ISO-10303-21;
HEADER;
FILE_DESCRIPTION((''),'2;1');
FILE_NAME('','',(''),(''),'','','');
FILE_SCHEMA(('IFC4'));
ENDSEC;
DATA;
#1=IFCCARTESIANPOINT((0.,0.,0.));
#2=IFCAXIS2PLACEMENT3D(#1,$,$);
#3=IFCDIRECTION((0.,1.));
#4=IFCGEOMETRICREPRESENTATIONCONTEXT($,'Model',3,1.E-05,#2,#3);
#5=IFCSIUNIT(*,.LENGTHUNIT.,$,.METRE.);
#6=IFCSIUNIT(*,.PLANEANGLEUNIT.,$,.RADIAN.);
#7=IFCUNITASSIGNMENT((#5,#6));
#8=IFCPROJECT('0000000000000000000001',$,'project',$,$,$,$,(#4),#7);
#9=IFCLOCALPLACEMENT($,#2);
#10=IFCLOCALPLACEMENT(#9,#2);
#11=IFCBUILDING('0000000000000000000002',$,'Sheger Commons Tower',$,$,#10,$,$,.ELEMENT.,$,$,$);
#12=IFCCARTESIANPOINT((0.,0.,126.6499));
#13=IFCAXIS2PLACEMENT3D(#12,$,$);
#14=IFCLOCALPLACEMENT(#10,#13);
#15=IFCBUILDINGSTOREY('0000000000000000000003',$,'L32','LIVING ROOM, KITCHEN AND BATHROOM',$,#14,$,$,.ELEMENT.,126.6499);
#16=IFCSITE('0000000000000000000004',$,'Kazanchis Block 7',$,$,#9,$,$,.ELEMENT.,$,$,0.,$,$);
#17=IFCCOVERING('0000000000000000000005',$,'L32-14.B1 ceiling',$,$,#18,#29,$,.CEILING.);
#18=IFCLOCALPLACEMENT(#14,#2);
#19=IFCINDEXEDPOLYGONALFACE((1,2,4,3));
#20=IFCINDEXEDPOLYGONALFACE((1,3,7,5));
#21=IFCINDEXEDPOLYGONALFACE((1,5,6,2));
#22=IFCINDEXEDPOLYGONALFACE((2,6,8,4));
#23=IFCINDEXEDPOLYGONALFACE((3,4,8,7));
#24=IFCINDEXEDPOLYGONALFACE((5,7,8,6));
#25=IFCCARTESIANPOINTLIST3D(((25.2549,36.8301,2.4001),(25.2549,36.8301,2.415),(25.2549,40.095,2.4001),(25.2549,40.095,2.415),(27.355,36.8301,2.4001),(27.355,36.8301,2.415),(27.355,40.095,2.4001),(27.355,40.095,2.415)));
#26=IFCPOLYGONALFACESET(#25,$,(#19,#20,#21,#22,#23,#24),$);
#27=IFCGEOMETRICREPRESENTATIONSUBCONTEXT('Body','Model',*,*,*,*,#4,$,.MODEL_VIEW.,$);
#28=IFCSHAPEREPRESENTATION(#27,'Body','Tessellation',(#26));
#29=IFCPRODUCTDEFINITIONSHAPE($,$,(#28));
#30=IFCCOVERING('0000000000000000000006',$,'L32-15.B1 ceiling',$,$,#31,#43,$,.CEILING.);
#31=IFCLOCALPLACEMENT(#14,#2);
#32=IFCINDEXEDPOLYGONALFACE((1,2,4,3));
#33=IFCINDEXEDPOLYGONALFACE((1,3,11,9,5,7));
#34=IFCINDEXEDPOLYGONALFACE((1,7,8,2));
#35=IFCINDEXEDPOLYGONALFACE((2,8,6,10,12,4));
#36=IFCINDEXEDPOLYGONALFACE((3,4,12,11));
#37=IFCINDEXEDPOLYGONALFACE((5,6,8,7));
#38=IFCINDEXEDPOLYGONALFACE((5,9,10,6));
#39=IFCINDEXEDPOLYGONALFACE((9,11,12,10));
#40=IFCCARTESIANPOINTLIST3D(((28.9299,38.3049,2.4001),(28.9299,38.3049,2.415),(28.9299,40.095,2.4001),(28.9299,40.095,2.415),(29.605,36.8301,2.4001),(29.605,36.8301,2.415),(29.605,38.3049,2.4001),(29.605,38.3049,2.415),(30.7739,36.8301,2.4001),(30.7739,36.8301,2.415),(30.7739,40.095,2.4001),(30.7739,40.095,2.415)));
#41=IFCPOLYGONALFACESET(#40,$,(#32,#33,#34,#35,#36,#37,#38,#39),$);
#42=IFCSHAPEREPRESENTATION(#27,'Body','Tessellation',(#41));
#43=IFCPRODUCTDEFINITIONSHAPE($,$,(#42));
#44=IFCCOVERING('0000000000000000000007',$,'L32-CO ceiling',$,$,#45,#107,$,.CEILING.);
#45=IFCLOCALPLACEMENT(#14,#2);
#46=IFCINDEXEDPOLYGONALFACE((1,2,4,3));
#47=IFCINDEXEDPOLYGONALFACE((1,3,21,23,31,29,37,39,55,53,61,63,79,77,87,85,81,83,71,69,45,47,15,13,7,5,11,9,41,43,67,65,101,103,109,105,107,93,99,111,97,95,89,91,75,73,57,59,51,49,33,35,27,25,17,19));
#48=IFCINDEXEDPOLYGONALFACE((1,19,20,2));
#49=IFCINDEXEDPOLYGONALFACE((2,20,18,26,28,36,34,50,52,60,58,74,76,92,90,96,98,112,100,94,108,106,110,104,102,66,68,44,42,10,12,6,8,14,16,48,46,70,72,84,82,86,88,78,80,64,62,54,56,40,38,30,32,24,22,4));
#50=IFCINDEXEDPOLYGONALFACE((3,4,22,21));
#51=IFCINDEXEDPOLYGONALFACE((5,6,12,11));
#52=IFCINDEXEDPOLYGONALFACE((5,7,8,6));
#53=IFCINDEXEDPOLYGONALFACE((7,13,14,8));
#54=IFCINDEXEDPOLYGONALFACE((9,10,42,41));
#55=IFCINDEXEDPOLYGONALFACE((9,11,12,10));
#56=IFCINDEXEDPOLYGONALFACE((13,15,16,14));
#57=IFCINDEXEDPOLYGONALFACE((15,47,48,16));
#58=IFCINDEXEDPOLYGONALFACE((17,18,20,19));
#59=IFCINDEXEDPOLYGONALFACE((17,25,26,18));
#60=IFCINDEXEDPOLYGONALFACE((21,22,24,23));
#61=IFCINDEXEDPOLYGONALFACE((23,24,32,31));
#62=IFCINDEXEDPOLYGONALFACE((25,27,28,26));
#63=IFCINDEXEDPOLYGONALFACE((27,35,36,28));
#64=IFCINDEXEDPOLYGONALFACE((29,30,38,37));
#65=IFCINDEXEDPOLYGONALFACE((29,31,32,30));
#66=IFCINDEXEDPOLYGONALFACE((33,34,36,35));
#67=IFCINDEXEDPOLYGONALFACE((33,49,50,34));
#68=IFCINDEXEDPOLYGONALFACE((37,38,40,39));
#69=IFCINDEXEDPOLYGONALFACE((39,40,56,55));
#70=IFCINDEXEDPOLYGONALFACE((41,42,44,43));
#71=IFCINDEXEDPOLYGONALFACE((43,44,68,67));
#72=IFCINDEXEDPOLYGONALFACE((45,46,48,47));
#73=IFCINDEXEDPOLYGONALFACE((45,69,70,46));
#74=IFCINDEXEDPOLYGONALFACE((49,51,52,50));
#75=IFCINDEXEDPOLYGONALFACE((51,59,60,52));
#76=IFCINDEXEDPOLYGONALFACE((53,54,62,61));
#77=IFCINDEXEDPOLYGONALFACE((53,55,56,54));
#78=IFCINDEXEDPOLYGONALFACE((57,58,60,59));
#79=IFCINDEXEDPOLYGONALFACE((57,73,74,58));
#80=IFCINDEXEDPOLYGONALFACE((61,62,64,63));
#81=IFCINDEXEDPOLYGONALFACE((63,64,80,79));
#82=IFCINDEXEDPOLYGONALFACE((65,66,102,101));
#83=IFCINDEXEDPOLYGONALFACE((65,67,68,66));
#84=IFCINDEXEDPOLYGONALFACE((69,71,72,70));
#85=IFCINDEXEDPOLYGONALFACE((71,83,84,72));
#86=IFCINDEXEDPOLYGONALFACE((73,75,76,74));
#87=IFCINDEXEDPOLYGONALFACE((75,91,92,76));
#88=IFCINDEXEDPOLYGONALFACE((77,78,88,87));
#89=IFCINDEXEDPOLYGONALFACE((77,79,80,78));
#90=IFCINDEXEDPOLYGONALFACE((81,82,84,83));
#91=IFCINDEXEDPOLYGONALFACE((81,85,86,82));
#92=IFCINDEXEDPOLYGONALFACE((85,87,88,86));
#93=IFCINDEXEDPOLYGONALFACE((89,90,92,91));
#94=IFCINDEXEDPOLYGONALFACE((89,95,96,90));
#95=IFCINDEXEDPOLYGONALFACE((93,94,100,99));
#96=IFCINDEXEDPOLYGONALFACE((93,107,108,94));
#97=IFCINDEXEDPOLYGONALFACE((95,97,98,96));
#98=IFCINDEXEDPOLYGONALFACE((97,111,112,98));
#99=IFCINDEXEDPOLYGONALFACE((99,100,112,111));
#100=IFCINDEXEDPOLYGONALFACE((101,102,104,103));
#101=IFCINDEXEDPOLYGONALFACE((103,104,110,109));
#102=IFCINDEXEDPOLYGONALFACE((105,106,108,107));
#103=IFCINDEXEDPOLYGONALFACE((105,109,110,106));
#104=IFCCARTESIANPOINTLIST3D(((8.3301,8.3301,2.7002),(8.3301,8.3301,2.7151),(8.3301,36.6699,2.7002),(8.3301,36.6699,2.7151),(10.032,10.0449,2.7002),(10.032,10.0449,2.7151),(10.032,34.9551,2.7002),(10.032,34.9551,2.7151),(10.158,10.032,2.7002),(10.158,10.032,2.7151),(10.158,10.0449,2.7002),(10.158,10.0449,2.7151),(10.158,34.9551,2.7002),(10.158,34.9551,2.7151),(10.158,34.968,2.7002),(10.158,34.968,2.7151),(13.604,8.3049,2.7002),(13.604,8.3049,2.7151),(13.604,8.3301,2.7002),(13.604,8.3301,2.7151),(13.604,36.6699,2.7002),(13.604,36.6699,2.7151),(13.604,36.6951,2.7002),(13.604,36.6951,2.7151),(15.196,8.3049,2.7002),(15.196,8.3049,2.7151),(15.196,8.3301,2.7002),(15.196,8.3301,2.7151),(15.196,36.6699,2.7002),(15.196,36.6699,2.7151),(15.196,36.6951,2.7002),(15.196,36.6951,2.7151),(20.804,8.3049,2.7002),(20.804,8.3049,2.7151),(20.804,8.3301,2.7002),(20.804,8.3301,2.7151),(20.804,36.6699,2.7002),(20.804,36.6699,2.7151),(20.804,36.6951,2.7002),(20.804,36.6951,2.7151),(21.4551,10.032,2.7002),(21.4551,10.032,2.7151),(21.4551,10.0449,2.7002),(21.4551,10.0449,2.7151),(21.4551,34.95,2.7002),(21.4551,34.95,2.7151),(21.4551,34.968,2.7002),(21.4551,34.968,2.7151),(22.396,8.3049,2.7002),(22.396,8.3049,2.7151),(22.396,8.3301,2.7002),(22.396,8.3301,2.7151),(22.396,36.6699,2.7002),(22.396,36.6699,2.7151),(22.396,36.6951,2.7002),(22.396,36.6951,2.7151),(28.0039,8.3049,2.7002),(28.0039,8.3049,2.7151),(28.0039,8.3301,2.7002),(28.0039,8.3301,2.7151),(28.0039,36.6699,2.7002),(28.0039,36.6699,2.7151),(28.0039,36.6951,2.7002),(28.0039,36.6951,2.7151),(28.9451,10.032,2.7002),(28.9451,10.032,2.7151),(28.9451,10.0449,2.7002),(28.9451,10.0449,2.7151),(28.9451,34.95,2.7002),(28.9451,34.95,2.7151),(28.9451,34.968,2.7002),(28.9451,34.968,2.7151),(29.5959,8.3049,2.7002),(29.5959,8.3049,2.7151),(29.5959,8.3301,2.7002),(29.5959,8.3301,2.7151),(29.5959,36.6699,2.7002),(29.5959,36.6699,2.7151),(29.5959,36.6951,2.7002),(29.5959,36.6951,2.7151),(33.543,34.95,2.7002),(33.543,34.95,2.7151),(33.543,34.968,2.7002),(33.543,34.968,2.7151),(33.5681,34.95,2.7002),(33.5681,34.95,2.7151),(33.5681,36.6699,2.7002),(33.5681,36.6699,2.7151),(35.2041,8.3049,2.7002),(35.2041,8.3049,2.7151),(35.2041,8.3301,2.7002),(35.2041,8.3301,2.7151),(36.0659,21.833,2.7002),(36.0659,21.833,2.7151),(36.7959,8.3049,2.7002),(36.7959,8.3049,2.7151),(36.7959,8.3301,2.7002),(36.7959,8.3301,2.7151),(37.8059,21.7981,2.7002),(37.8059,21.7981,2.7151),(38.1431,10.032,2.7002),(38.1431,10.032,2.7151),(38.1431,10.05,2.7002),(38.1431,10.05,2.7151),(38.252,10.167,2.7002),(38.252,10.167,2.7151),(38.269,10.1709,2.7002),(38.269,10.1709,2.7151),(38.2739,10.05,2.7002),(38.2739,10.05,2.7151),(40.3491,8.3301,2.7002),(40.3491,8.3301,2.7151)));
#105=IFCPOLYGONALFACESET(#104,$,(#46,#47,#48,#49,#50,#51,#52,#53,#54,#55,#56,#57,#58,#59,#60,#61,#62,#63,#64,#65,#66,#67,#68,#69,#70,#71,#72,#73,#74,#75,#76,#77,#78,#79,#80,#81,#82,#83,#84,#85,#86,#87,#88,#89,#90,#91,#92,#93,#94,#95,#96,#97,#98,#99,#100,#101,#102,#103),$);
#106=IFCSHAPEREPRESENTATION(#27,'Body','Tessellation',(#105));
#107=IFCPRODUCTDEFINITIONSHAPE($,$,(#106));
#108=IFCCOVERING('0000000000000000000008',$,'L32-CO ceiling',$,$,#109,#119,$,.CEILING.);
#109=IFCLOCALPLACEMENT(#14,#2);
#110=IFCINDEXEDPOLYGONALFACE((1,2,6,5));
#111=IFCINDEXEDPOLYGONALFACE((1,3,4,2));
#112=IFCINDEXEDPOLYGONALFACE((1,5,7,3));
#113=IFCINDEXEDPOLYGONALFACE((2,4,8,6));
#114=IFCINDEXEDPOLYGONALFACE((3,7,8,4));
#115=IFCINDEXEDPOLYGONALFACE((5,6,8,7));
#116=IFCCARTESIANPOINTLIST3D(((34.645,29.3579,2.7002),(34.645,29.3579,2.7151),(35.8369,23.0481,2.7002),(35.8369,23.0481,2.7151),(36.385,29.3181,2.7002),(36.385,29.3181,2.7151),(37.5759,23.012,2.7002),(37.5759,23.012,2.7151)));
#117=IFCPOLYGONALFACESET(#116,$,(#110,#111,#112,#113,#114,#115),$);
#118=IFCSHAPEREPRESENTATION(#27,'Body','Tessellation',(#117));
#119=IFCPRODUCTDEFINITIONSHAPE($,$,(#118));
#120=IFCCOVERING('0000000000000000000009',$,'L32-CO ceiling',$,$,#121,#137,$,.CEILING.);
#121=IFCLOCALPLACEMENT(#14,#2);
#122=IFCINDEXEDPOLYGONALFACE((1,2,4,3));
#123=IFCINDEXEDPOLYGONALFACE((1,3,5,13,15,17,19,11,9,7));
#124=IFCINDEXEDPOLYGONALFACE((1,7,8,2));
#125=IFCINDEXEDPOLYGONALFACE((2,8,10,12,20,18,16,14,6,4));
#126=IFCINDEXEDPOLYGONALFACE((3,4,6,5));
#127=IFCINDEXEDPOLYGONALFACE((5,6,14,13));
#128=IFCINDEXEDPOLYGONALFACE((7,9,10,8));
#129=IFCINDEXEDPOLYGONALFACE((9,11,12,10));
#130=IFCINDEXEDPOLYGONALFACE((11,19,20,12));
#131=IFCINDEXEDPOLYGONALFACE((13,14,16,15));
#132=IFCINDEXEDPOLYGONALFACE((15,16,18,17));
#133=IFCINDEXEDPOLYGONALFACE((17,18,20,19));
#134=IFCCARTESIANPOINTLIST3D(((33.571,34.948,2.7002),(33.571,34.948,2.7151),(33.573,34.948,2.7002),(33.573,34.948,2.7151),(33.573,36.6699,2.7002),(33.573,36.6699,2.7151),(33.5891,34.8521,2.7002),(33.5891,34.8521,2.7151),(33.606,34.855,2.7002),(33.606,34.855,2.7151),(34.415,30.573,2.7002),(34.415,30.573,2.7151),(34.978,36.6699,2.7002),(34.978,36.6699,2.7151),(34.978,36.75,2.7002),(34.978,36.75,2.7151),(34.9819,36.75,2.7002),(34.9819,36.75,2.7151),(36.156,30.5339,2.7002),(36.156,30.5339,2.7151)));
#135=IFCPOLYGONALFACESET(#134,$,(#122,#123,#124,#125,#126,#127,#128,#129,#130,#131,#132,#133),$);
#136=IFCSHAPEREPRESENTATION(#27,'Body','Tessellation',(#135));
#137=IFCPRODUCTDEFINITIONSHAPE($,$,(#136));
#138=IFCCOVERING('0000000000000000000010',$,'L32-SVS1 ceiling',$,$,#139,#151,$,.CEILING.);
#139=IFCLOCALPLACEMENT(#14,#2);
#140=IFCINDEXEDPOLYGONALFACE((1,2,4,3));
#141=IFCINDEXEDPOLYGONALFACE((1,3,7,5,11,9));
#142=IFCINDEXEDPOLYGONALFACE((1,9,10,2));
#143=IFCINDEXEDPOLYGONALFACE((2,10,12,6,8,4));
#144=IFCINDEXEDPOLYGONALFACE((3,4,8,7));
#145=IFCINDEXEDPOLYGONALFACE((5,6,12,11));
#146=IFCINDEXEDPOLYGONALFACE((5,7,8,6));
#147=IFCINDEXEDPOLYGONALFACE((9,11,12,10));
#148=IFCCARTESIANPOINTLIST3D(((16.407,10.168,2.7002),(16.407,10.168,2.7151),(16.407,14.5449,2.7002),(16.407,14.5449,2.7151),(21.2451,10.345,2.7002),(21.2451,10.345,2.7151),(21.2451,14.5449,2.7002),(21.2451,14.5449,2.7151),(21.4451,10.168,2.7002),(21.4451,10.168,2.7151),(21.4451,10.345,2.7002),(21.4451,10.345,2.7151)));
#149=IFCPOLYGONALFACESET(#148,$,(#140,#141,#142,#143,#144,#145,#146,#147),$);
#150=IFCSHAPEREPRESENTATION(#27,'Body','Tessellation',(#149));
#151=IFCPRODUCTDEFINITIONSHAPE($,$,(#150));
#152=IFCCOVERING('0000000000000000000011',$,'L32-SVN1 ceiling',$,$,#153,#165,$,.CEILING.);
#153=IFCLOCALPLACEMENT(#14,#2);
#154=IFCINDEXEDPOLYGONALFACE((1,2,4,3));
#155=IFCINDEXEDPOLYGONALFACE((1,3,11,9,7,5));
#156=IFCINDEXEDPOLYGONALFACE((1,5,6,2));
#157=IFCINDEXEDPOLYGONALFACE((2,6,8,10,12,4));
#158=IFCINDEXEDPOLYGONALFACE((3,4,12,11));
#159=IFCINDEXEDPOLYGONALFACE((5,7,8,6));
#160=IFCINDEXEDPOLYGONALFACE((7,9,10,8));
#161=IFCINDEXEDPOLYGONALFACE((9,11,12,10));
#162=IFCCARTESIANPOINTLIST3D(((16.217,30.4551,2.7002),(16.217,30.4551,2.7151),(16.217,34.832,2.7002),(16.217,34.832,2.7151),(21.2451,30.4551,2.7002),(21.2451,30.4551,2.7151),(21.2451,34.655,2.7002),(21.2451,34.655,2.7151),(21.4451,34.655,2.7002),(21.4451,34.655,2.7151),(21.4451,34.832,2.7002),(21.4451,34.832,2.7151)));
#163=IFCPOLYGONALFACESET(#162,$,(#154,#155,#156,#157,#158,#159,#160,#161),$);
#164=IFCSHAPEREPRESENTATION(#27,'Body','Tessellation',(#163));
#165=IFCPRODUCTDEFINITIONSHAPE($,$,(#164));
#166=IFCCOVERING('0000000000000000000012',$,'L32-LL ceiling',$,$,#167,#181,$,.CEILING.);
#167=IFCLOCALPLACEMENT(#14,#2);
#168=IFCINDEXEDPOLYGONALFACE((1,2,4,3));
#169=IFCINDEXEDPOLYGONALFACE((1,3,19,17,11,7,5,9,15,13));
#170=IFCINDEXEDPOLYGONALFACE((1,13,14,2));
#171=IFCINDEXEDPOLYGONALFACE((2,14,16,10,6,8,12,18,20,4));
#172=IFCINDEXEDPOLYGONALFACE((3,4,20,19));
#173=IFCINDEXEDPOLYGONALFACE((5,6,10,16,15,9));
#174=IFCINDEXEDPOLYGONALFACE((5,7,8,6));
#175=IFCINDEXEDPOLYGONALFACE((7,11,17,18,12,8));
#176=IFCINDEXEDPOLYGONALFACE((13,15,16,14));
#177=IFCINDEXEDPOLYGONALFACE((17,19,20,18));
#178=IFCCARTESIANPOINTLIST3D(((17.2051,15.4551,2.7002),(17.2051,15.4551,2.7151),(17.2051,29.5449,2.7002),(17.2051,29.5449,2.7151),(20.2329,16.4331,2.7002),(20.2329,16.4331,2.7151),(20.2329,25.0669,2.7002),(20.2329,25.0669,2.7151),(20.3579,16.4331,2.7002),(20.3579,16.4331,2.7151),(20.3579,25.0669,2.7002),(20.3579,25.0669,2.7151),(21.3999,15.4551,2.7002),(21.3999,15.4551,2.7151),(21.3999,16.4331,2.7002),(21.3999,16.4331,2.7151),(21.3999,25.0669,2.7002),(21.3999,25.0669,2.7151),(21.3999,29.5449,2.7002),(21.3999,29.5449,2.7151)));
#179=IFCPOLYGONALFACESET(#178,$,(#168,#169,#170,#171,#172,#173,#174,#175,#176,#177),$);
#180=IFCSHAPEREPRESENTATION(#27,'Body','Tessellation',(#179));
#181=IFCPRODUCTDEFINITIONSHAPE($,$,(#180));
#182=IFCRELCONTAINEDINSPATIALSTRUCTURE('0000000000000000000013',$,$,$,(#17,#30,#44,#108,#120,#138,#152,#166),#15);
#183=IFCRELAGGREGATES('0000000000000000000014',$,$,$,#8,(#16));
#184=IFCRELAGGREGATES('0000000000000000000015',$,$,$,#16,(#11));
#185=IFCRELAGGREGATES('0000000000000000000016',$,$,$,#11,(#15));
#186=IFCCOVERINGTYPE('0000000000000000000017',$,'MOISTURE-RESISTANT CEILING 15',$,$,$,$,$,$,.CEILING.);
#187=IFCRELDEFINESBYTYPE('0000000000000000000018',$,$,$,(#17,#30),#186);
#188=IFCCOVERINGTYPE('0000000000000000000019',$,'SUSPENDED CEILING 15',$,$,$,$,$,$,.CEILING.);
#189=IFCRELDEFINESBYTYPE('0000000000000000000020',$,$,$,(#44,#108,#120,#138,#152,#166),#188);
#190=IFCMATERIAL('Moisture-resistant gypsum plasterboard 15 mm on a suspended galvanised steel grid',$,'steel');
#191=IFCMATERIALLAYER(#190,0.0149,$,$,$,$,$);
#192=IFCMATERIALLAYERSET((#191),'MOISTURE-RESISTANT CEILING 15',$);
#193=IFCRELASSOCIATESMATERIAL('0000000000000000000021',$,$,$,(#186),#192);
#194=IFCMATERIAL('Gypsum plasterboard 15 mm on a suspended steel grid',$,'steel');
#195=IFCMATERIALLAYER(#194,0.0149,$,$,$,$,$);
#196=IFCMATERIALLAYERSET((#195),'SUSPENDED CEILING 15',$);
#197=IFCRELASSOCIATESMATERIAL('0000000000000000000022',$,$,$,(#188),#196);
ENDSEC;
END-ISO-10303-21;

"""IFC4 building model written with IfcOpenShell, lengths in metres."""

from ifc_helpers import new_model, si_unit, direction, frame, origin, place, context, subcontext, project, spatial, polyline, outline, extrude, material, layer, layer_set, type_object, element, save


model = new_model("IFC4")

# Units and contexts
model_context = context("Model", 3, precision=1e-05, world=origin(), true_north=direction((0.0, 1.0)))
body_context = subcontext(model_context, "Body", "Model", "MODEL_VIEW")
ifc_project = project(units=[si_unit("LENGTHUNIT", "METRE"), si_unit("PLANEANGLEUNIT", "RADIAN")], contexts=[model_context])

# Site, building, storey
site_placement = place(None, origin())
site = spatial("IfcSite", under=ifc_project, at=site_placement, Name="Kazanchis Block 7", CompositionType="ELEMENT", RefElevation=0.0)
building_placement = place(site_placement, origin())
building = spatial("IfcBuilding", under=site, at=building_placement, Name="Sheger Commons Tower", CompositionType="ELEMENT")
storey_placement = place(building_placement, frame((0.0, 0.0, 126.6499)))
storey = spatial("IfcBuildingStorey", under=building, at=storey_placement, Name="L32", Description="LIVING ROOM, KITCHEN AND BATHROOM", CompositionType="ELEMENT", Elevation=126.6499)

# Coverings
ifc_material_1 = material(Name="Moisture-resistant gypsum plasterboard 15 mm on a suspended galvanised steel grid", Category="steel")
ifc_layer_1 = layer(ifc_material_1, 0.0149)
ifc_layer_set_1 = layer_set([ifc_layer_1], Name="MOISTURE-RESISTANT CEILING 15")
covering_type_1 = type_object("IfcCoveringType", Name="MOISTURE-RESISTANT CEILING 15", PredefinedType="CEILING", material=ifc_layer_set_1)
covering_1_placement = place(storey_placement, frame((0.0, 0.0, 2.4001)))
element("IfcCovering", 1, at=covering_1_placement, inside=storey, type_object=covering_type_1, Name="L32-14.B1 ceiling", PredefinedType="CEILING", context=body_context, shape_type="SweptSolid", body=[
    extrude(outline(polyline([(25.2549, 36.8301), (27.355, 36.8301), (27.355, 40.095), (25.2549, 40.095), (25.2549, 36.8301)])), origin(), (0.0, 0.0, 1.0), 0.0149),
])
covering_2_placement = place(storey_placement, frame((0.0, 0.0, 2.4001)))
element("IfcCovering", 2, at=covering_2_placement, inside=storey, type_object=covering_type_1, Name="L32-15.B1 ceiling", PredefinedType="CEILING", context=body_context, shape_type="SweptSolid", body=[
    extrude(outline(polyline([(29.605, 36.8301), (30.7739, 36.8301), (30.7739, 40.095), (28.9299, 40.095), (28.9299, 38.3049), (29.605, 38.3049), (29.605, 36.8301)])), origin(), (0.0, 0.0, 1.0), 0.0149),
])
ifc_material_2 = material(Name="Gypsum plasterboard 15 mm on a suspended steel grid", Category="steel")
ifc_layer_2 = layer(ifc_material_2, 0.0149)
ifc_layer_set_2 = layer_set([ifc_layer_2], Name="SUSPENDED CEILING 15")
covering_type_2 = type_object("IfcCoveringType", Name="SUSPENDED CEILING 15", PredefinedType="CEILING", material=ifc_layer_set_2)
covering_3_placement = place(storey_placement, frame((0.0, 0.0, 2.7002)))
element("IfcCovering", 3, at=covering_3_placement, inside=storey, type_object=covering_type_2, Name="L32-CO ceiling", PredefinedType="CEILING", context=body_context, shape_type="SweptSolid", body=[
    extrude(outline(polyline([(13.604, 8.3049), (15.196, 8.3049), (15.196, 8.3301), (20.804, 8.3301), (20.804, 8.3049), (22.396, 8.3049), (22.396, 8.3301), (28.0039, 8.3301), (28.0039, 8.3049), (29.5959, 8.3049), (29.5959, 8.3301), (35.2041, 8.3301), (35.2041, 8.3049), (36.7959, 8.3049), (36.7959, 8.3301), (40.3491, 8.3301), (37.8059, 21.7981), (36.0659, 21.833), (38.269, 10.1709), (38.252, 10.167), (38.2739, 10.05), (38.1431, 10.05), (38.1431, 10.032), (28.9451, 10.032), (28.9451, 10.0449), (21.4551, 10.0449), (21.4551, 10.032), (10.158, 10.032), (10.158, 10.0449), (10.032, 10.0449), (10.032, 34.9551), (10.158, 34.9551), (10.158, 34.968), (21.4551, 34.968), (21.4551, 34.95), (28.9451, 34.95), (28.9451, 34.968), (33.543, 34.968), (33.543, 34.95), (33.5681, 34.95), (33.5681, 36.6699), (29.5959, 36.6699), (29.5959, 36.6951), (28.0039, 36.6951), (28.0039, 36.6699), (22.396, 36.6699), (22.396, 36.6951), (20.804, 36.6951), (20.804, 36.6699), (15.196, 36.6699), (15.196, 36.6951), (13.604, 36.6951), (13.604, 36.6699), (8.3301, 36.6699), (8.3301, 8.3301), (13.604, 8.3301), (13.604, 8.3049)])), origin(), (0.0, 0.0, 1.0), 0.0149),
])
covering_4_placement = place(storey_placement, frame((0.0, 0.0, 2.7002)))
element("IfcCovering", 4, at=covering_4_placement, inside=storey, type_object=covering_type_2, Name="L32-CO ceiling", PredefinedType="CEILING", context=body_context, shape_type="SweptSolid", body=[
    extrude(outline(polyline([(37.5759, 23.012), (36.385, 29.3181), (34.645, 29.3579), (35.8369, 23.0481), (37.5759, 23.012)])), origin(), (0.0, 0.0, 1.0), 0.0149),
])
covering_5_placement = place(storey_placement, frame((0.0, 0.0, 2.7002)))
element("IfcCovering", 5, at=covering_5_placement, inside=storey, type_object=covering_type_2, Name="L32-CO ceiling", PredefinedType="CEILING", context=body_context, shape_type="SweptSolid", body=[
    extrude(outline(polyline([(36.156, 30.5339), (34.9819, 36.75), (34.978, 36.75), (34.978, 36.6699), (33.573, 36.6699), (33.573, 34.948), (33.571, 34.948), (33.5891, 34.8521), (33.606, 34.855), (34.415, 30.573), (36.156, 30.5339)])), origin(), (0.0, 0.0, 1.0), 0.0149),
])
covering_6_placement = place(storey_placement, frame((0.0, 0.0, 2.7002)))
element("IfcCovering", 6, at=covering_6_placement, inside=storey, type_object=covering_type_2, Name="L32-SVS1 ceiling", PredefinedType="CEILING", context=body_context, shape_type="SweptSolid", body=[
    extrude(outline(polyline([(16.407, 10.168), (21.4451, 10.168), (21.4451, 10.345), (21.2451, 10.345), (21.2451, 14.5449), (16.407, 14.5449), (16.407, 10.168)])), origin(), (0.0, 0.0, 1.0), 0.0149),
])
covering_7_placement = place(storey_placement, frame((0.0, 0.0, 2.7002)))
element("IfcCovering", 7, at=covering_7_placement, inside=storey, type_object=covering_type_2, Name="L32-SVN1 ceiling", PredefinedType="CEILING", context=body_context, shape_type="SweptSolid", body=[
    extrude(outline(polyline([(16.217, 30.4551), (21.2451, 30.4551), (21.2451, 34.655), (21.4451, 34.655), (21.4451, 34.832), (16.217, 34.832), (16.217, 30.4551)])), origin(), (0.0, 0.0, 1.0), 0.0149),
])
covering_8_placement = place(storey_placement, frame((0.0, 0.0, 2.7002)))
element("IfcCovering", 8, at=covering_8_placement, inside=storey, type_object=covering_type_2, Name="L32-LL ceiling", PredefinedType="CEILING", context=body_context, shape_type="SweptSolid", body=[
    extrude(outline(polyline([(17.2051, 15.4551), (21.3999, 15.4551), (21.3999, 16.4331), (20.3579, 16.4331), (20.2329, 16.4331), (20.2329, 25.0669), (20.3579, 25.0669), (21.3999, 25.0669), (21.3999, 29.5449), (17.2051, 29.5449), (17.2051, 15.4551)])), origin(), (0.0, 0.0, 1.0), 0.0149),
])

save(model, "model.ifc")
